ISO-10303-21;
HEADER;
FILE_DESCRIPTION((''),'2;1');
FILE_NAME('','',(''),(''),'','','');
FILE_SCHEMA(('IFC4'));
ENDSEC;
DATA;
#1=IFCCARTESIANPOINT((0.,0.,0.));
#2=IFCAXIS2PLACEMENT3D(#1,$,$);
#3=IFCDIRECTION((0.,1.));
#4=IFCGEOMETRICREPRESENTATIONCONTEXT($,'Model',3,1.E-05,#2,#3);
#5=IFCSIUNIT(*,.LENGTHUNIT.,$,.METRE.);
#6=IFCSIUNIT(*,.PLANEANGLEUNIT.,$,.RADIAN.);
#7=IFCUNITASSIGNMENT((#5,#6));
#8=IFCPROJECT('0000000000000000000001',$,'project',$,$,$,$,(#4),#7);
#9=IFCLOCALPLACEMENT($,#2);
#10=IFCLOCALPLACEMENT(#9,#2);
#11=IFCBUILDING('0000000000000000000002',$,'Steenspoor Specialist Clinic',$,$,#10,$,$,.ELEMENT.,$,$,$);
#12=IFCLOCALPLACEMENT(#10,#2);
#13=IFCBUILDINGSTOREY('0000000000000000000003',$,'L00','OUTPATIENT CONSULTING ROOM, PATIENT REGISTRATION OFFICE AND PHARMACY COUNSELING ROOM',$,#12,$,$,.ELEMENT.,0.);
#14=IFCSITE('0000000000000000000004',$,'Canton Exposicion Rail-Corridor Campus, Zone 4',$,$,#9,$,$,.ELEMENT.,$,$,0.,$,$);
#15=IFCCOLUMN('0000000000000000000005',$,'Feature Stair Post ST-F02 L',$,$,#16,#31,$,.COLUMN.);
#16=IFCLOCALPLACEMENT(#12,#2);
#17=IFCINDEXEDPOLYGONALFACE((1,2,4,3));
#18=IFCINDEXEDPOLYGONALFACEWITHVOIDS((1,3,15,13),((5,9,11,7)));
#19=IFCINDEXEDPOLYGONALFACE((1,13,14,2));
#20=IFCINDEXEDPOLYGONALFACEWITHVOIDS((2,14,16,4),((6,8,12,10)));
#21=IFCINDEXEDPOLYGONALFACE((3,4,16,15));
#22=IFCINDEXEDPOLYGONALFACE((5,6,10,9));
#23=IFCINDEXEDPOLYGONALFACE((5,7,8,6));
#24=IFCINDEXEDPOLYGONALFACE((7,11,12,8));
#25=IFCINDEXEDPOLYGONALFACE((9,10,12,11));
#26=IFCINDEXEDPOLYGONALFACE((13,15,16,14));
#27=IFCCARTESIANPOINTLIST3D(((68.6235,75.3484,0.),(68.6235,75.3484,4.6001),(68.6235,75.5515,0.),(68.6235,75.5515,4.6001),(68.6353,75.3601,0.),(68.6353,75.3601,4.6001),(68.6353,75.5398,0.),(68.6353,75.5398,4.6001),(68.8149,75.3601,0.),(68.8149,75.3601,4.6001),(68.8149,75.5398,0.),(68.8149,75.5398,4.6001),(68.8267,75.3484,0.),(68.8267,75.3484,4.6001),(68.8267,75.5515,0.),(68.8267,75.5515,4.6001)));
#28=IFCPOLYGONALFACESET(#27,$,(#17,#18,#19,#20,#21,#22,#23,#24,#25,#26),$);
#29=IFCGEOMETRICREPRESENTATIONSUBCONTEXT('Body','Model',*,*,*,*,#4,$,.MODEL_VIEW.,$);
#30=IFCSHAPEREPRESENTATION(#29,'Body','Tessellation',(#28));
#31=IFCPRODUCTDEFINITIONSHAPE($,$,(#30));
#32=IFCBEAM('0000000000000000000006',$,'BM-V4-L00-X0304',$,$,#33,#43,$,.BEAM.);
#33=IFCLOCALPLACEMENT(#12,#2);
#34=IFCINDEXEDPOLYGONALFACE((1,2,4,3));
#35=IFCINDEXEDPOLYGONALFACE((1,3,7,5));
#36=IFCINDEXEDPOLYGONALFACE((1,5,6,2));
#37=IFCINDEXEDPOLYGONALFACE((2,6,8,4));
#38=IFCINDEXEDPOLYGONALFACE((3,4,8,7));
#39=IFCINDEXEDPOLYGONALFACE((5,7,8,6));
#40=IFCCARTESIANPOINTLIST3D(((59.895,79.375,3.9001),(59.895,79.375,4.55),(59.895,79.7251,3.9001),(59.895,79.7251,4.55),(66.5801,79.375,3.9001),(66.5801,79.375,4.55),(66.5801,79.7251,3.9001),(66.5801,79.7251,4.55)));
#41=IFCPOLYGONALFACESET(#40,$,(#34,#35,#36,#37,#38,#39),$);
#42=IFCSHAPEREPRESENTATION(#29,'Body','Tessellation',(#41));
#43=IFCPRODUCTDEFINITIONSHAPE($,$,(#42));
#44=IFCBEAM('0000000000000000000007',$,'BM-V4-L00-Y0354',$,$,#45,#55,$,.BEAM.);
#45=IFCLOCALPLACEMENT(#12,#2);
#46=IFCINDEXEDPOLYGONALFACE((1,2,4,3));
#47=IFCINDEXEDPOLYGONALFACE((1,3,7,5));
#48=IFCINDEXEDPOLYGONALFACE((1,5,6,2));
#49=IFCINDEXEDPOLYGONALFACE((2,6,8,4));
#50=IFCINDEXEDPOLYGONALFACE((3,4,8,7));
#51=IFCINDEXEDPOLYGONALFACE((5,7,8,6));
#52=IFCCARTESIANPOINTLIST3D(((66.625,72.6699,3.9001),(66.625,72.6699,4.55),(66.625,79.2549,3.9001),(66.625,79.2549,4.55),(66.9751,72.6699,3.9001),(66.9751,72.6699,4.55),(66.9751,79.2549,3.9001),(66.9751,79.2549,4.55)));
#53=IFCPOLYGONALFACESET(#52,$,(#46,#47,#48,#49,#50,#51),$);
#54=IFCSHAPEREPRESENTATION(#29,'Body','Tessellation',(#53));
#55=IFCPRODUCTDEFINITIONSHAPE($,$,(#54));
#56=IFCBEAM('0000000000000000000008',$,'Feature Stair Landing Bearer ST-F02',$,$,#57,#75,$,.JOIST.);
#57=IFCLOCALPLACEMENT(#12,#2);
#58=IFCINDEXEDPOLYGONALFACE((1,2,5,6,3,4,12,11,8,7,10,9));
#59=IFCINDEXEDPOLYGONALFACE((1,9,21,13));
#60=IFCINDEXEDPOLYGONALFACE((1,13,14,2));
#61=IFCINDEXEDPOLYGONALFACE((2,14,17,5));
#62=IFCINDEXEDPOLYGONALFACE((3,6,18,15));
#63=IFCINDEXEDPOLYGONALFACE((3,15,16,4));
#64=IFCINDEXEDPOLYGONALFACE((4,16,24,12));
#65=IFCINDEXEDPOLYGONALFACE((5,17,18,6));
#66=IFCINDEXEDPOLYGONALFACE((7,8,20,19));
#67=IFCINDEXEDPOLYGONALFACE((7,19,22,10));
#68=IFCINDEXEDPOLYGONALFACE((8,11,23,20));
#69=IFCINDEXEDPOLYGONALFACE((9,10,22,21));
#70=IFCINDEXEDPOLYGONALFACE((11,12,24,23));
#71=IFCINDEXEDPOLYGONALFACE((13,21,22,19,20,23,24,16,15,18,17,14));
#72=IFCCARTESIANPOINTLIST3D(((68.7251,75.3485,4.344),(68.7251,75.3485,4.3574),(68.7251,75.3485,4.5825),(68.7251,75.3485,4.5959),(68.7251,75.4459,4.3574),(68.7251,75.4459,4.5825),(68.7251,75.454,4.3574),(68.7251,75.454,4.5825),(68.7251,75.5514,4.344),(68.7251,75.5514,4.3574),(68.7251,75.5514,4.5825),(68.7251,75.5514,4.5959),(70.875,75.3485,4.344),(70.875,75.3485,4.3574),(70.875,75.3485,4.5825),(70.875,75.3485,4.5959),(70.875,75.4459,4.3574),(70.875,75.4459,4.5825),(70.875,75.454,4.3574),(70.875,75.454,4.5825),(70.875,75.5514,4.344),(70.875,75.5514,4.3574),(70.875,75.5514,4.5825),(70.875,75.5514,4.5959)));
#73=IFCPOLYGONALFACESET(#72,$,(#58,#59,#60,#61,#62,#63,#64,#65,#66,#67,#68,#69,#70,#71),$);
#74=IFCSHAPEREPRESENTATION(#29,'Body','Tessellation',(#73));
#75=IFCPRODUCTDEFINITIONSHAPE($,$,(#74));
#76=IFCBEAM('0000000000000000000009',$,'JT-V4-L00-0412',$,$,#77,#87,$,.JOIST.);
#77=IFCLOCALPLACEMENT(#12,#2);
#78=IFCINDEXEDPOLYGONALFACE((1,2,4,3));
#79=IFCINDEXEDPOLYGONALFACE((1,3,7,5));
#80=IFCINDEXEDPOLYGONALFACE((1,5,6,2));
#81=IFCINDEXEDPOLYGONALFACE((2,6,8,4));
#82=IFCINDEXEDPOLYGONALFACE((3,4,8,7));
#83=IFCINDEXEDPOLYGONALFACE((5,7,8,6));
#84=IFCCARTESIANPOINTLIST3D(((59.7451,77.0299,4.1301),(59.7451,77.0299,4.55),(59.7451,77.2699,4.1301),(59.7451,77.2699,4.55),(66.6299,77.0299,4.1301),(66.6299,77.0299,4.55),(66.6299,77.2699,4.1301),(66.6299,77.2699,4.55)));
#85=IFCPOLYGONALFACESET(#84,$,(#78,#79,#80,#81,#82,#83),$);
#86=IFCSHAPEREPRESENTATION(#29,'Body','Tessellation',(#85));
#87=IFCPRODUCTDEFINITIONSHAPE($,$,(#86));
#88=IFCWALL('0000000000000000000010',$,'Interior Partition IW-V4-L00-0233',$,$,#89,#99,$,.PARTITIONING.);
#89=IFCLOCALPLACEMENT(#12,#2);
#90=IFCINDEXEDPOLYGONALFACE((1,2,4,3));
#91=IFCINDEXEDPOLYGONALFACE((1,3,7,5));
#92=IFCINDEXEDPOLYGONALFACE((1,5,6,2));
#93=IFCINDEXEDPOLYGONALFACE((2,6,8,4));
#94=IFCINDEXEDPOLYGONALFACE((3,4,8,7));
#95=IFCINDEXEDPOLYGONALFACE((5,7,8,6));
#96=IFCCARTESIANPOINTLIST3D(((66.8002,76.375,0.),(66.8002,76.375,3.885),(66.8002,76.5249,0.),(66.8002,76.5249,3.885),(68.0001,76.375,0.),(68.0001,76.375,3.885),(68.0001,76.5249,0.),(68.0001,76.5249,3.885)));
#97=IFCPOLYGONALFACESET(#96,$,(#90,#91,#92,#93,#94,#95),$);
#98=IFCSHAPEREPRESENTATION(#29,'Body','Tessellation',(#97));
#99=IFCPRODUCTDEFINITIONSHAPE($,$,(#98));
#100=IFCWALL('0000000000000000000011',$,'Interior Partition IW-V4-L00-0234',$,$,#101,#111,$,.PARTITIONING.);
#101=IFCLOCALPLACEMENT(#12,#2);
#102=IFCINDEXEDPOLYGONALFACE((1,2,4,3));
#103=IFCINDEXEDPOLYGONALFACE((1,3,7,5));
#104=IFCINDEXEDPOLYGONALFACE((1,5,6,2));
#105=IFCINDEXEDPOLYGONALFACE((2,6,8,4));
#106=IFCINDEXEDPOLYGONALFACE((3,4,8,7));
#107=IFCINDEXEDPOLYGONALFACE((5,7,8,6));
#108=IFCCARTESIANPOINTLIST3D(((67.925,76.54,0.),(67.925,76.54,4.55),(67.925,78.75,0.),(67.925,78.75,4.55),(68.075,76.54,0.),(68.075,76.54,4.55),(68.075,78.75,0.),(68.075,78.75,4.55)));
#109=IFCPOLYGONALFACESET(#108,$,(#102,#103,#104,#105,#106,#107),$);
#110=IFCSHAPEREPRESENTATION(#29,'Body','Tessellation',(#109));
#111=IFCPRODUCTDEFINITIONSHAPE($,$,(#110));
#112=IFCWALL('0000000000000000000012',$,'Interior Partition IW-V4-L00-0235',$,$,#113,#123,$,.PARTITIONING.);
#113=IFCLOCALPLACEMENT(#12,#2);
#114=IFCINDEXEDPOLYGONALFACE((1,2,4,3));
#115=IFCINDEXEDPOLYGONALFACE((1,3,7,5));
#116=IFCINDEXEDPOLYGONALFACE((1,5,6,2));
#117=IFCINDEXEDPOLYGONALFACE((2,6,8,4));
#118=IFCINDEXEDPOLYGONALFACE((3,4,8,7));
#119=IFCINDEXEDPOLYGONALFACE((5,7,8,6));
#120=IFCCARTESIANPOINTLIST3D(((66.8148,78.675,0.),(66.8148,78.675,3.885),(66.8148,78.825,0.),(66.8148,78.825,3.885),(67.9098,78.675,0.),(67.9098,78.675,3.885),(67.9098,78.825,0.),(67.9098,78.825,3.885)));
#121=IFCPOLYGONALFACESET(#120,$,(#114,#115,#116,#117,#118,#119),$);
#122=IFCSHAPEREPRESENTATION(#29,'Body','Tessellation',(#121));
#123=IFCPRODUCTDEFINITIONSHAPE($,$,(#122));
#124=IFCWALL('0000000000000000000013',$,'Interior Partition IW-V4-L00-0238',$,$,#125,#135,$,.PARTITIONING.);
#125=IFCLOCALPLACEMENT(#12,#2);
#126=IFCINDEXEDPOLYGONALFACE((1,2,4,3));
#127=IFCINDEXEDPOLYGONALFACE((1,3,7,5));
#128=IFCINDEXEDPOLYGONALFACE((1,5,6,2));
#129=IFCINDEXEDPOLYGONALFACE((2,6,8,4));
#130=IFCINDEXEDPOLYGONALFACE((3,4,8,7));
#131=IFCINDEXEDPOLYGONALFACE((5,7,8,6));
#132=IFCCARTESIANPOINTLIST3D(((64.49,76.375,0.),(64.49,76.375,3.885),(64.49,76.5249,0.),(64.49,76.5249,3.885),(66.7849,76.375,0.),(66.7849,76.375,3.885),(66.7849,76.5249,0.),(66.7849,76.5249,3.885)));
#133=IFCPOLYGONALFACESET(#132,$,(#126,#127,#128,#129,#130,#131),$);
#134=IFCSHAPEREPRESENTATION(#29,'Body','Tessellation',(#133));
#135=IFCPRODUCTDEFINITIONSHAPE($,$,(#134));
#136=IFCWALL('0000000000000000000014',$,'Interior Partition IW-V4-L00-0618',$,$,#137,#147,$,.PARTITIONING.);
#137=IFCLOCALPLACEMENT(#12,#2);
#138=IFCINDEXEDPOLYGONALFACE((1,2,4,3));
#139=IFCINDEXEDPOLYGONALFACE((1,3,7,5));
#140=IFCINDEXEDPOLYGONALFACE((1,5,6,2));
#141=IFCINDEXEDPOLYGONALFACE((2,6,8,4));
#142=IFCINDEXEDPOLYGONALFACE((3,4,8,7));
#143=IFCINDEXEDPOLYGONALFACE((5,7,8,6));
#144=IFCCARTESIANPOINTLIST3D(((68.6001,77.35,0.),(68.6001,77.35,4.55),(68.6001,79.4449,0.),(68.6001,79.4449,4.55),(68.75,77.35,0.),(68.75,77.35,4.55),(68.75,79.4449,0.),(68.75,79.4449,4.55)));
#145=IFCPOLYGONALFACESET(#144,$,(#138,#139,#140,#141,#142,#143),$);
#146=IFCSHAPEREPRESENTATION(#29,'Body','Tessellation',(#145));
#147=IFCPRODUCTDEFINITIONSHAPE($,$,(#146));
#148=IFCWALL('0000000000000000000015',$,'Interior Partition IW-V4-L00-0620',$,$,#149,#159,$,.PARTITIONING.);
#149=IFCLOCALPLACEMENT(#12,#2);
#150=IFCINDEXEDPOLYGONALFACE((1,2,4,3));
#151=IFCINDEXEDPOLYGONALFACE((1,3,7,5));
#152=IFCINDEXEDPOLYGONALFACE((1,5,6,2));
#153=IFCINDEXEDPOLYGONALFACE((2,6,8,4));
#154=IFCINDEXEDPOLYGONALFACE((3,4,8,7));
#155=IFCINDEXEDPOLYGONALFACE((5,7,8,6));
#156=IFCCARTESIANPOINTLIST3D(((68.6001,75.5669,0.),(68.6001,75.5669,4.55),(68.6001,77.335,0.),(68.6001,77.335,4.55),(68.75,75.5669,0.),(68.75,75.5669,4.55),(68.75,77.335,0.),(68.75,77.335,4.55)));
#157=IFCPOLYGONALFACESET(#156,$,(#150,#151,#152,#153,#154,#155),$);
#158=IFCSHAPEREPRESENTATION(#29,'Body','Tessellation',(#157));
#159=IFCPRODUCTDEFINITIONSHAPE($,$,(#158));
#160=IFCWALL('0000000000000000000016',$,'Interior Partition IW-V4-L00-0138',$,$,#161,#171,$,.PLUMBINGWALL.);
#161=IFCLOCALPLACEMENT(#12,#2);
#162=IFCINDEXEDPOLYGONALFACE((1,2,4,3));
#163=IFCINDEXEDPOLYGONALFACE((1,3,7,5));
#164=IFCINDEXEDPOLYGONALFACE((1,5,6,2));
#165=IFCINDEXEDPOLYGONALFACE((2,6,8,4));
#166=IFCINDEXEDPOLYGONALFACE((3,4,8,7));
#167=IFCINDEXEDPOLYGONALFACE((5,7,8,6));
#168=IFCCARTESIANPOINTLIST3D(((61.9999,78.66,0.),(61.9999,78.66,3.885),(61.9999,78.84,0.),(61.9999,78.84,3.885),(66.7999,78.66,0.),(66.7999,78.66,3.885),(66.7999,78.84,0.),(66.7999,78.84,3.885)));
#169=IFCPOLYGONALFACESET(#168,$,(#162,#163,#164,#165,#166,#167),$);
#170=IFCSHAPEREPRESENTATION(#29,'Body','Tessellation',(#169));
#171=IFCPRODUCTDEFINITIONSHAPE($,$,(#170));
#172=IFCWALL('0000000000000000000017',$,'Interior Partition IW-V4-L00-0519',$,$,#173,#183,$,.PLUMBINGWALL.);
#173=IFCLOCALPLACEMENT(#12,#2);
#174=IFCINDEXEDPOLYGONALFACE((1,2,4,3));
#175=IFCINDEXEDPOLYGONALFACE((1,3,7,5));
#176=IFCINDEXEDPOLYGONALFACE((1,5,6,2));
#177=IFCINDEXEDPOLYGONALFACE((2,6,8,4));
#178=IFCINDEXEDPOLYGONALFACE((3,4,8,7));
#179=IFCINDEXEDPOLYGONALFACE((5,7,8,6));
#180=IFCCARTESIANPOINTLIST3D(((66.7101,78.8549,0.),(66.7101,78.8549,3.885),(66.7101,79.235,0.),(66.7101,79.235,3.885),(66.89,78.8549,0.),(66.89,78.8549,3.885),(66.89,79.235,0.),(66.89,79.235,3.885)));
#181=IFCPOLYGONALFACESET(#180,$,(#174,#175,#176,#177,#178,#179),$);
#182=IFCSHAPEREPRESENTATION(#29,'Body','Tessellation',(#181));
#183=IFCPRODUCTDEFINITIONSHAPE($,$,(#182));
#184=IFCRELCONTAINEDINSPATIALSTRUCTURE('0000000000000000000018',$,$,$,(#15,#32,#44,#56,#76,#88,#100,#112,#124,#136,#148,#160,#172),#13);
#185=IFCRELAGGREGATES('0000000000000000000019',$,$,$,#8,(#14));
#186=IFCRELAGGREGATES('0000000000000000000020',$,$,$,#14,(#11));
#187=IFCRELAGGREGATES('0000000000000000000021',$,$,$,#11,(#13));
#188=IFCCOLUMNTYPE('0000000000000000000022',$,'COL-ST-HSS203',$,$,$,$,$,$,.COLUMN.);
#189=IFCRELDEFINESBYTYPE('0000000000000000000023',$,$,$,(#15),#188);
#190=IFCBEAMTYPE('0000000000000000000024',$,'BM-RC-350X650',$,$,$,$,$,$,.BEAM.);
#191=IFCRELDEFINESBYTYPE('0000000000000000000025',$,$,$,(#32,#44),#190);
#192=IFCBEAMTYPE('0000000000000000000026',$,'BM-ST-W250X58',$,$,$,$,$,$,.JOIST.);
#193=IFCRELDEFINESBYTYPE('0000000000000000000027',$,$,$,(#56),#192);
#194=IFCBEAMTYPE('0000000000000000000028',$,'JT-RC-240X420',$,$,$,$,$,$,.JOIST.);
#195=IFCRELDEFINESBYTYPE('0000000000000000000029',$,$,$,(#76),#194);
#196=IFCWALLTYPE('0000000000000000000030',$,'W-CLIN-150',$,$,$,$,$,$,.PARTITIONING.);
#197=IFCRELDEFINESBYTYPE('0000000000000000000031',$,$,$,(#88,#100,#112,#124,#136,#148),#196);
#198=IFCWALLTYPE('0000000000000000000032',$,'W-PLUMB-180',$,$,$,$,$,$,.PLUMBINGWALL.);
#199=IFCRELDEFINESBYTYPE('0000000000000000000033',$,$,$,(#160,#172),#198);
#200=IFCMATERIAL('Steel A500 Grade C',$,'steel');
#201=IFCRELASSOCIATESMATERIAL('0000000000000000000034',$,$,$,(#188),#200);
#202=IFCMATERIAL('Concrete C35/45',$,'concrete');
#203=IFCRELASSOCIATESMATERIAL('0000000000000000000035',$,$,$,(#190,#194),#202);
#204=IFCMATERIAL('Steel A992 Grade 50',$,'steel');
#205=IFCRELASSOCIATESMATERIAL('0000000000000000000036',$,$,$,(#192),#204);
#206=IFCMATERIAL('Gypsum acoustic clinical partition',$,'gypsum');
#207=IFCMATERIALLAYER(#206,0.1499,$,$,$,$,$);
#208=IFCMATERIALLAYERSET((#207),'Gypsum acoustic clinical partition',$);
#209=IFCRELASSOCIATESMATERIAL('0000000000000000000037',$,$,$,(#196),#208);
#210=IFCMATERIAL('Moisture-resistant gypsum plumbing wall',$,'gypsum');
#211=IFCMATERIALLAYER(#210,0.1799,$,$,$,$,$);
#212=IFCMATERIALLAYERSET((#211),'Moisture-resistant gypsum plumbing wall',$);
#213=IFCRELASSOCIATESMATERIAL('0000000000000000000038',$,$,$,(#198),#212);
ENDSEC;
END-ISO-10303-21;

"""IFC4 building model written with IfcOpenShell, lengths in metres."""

from ifc_helpers import new_model, si_unit, direction, frame, frame_2d, origin, origin_2d, place, context, subcontext, project, spatial, rectangle, hollow_rectangle, i_section, extrude, material, layer, layer_set, material_profile, profile_set, type_object, element, save


model = new_model("IFC4")

# Units and contexts
model_context = context("Model", 3, precision=1e-05, world=origin(), true_north=direction((0.0, 1.0)))
body_context = subcontext(model_context, "Body", "Model", "MODEL_VIEW")
ifc_project = project(units=[si_unit("LENGTHUNIT", "METRE"), si_unit("PLANEANGLEUNIT", "RADIAN")], contexts=[model_context])

# Site, building, storey
site_placement = place(None, origin())
site = spatial("IfcSite", under=ifc_project, at=site_placement, Name="Canton Exposicion Rail-Corridor Campus, Zone 4", CompositionType="ELEMENT", RefElevation=0.0)
building_placement = place(site_placement, origin())
building = spatial("IfcBuilding", under=site, at=building_placement, Name="Steenspoor Specialist Clinic", CompositionType="ELEMENT")
storey_placement = place(building_placement, origin())
storey = spatial("IfcBuildingStorey", under=building, at=storey_placement, Name="L00", Description="OUTPATIENT CONSULTING ROOM, PATIENT REGISTRATION OFFICE AND PHARMACY COUNSELING ROOM", CompositionType="ELEMENT", Elevation=0.0)

# Shared definitions
ifc_material_1 = material(Name="Concrete C35/45", Category="concrete")

# Column
ifc_material_2 = material(Name="Steel A500 Grade C", Category="steel")
ifc_material_profile_1 = material_profile(ifc_material_2, hollow_rectangle(XDim=0.2031, YDim=0.2031, WallThickness=0.0117, at=origin_2d()), Name="HSS203X203X12.7")
ifc_profile_set_1 = profile_set([ifc_material_profile_1], Name="Steel A500 Grade C")
column_type_1 = type_object("IfcColumnType", Name="COL-ST-HSS203", PredefinedType="COLUMN", material=ifc_profile_set_1)
column_1_placement = place(storey_placement, frame((68.7251, 75.45, 0.0), z_axis=(0.0, 0.0, 1.0), x_axis=(1.0, 0.0, 0.0)))
element("IfcColumn", 1, at=column_1_placement, inside=storey, type_object=column_type_1, Name="Feature Stair Post ST-F02 L", PredefinedType="COLUMN", context=body_context, shape_type="SweptSolid", body=[
    extrude(hollow_rectangle(XDim=0.2031, YDim=0.2031, WallThickness=0.0117, at=origin_2d()), origin(), (0.0, 0.0, 1.0), 4.6001),
])

# Beams
ifc_material_profile_2 = material_profile(ifc_material_1, rectangle(XDim=0.3501, YDim=0.6499, at=origin_2d()), Name="RC-BM-350X650")
ifc_profile_set_2 = profile_set([ifc_material_profile_2], Name="Concrete C35/45")
beam_type_1 = type_object("IfcBeamType", Name="BM-RC-350X650", PredefinedType="BEAM", material=ifc_profile_set_2)
beam_1_placement = place(storey_placement, frame((59.895, 79.55, 4.2251), z_axis=(1.0, 0.0, 0.0), x_axis=(0.0, 1.0, 0.0)))
element("IfcBeam", 2, at=beam_1_placement, inside=storey, type_object=beam_type_1, Name="BM-V4-L00-X0304", PredefinedType="BEAM", context=body_context, shape_type="SweptSolid", body=[
    extrude(rectangle(XDim=0.3501, YDim=0.6499, at=origin_2d()), origin(), (0.0, 0.0, 1.0), 6.6851),
])
beam_2_placement = place(storey_placement, frame((66.8, 72.6699, 4.2251), z_axis=(0.0, 1.0, 0.0), x_axis=(-1.0, 0.0, 0.0)))
element("IfcBeam", 3, at=beam_2_placement, inside=storey, type_object=beam_type_1, Name="BM-V4-L00-Y0354", PredefinedType="BEAM", context=body_context, shape_type="SweptSolid", body=[
    extrude(rectangle(XDim=0.3501, YDim=0.6499, at=origin_2d()), origin(), (0.0, 0.0, 1.0), 6.585),
])
ifc_material_3 = material(Name="Steel A992 Grade 50", Category="steel")
ifc_material_profile_3 = material_profile(ifc_material_3, i_section(OverallWidth=0.2029, OverallDepth=0.252, WebThickness=0.0081, FlangeThickness=0.0134, at=origin_2d()), Name="W250X58")
ifc_profile_set_3 = profile_set([ifc_material_profile_3], Name="Steel A992 Grade 50")
beam_type_2 = type_object("IfcBeamType", Name="BM-ST-W250X58", PredefinedType="JOIST", material=ifc_profile_set_3)
beam_3_placement = place(storey_placement, frame((68.7251, 75.45, 4.47), z_axis=(1.0, 0.0, 0.0), x_axis=(0.0, 1.0, 0.0)))
element("IfcBeam", 4, at=beam_3_placement, inside=storey, type_object=beam_type_2, Name="Feature Stair Landing Bearer ST-F02", PredefinedType="JOIST", context=body_context, shape_type="SweptSolid", body=[
    extrude(i_section(OverallWidth=0.2029, OverallDepth=0.252, WebThickness=0.0081, FlangeThickness=0.0134, at=origin_2d()), origin(), (0.0, 0.0, 1.0), 2.1499),
])
ifc_material_profile_4 = material_profile(ifc_material_1, rectangle(XDim=0.24, YDim=0.4199, at=origin_2d()), Name="RC-JT-240X420")
ifc_profile_set_4 = profile_set([ifc_material_profile_4], Name="Concrete C35/45")
beam_type_3 = type_object("IfcBeamType", Name="JT-RC-240X420", PredefinedType="JOIST", material=ifc_profile_set_4)
beam_4_placement = place(storey_placement, frame((59.7451, 77.1499, 4.3401), z_axis=(1.0, 0.0, 0.0), x_axis=(0.0, 1.0, 0.0)))
element("IfcBeam", 5, at=beam_4_placement, inside=storey, type_object=beam_type_3, Name="JT-V4-L00-0412", PredefinedType="JOIST", context=body_context, shape_type="SweptSolid", body=[
    extrude(rectangle(XDim=0.24, YDim=0.4199, at=origin_2d()), origin(), (0.0, 0.0, 1.0), 6.8848),
])

# Walls
ifc_material_4 = material(Name="Gypsum acoustic clinical partition", Category="gypsum")
ifc_layer_1 = layer(ifc_material_4, 0.1499)
ifc_layer_set_1 = layer_set([ifc_layer_1], Name="Gypsum acoustic clinical partition")
wall_type_1 = type_object("IfcWallType", Name="W-CLIN-150", PredefinedType="PARTITIONING", material=ifc_layer_set_1)
wall_1_placement = place(storey_placement, frame((66.8, 76.45, 0.0), z_axis=(0.0, 0.0, 1.0), x_axis=(1.0, 0.0, 0.0)))
element("IfcWall", 6, at=wall_1_placement, inside=storey, type_object=wall_type_1, Name="Interior Partition IW-V4-L00-0233", PredefinedType="PARTITIONING", context=body_context, shape_type="SweptSolid", body=[
    extrude(rectangle(XDim=1.2, YDim=0.1499, at=frame_2d((0.6001, 0.0))), origin(), (0.0, 0.0, 1.0), 3.885),
])
wall_2_placement = place(storey_placement, frame((68.0, 76.54, 0.0), z_axis=(0.0, 0.0, 1.0), x_axis=(0.0, 1.0, 0.0)))
element("IfcWall", 7, at=wall_2_placement, inside=storey, type_object=wall_type_1, Name="Interior Partition IW-V4-L00-0234", PredefinedType="PARTITIONING", context=body_context, shape_type="SweptSolid", body=[
    extrude(rectangle(XDim=2.21, YDim=0.1499, at=frame_2d((1.105, 0.0))), origin(), (0.0, 0.0, 1.0), 4.55),
])
wall_3_placement = place(storey_placement, frame((66.8149, 78.75, 0.0), z_axis=(0.0, 0.0, 1.0), x_axis=(1.0, 0.0, 0.0)))
element("IfcWall", 8, at=wall_3_placement, inside=storey, type_object=wall_type_1, Name="Interior Partition IW-V4-L00-0235", PredefinedType="PARTITIONING", context=body_context, shape_type="SweptSolid", body=[
    extrude(rectangle(XDim=1.095, YDim=0.1499, at=frame_2d((0.5474, 0.0))), origin(), (0.0, 0.0, 1.0), 3.885),
])
wall_4_placement = place(storey_placement, frame((64.49, 76.45, 0.0), z_axis=(0.0, 0.0, 1.0), x_axis=(1.0, 0.0, 0.0)))
element("IfcWall", 9, at=wall_4_placement, inside=storey, type_object=wall_type_1, Name="Interior Partition IW-V4-L00-0238", PredefinedType="PARTITIONING", context=body_context, shape_type="SweptSolid", body=[
    extrude(rectangle(XDim=2.2949, YDim=0.1499, at=frame_2d((1.1475, 0.0))), origin(), (0.0, 0.0, 1.0), 3.885),
])
wall_5_placement = place(storey_placement, frame((68.675, 77.3501, 0.0), z_axis=(0.0, 0.0, 1.0), x_axis=(0.0, 1.0, 0.0)))
element("IfcWall", 10, at=wall_5_placement, inside=storey, type_object=wall_type_1, Name="Interior Partition IW-V4-L00-0618", PredefinedType="PARTITIONING", context=body_context, shape_type="SweptSolid", body=[
    extrude(rectangle(XDim=2.095, YDim=0.1499, at=frame_2d((1.0474, 0.0))), origin(), (0.0, 0.0, 1.0), 4.55),
])
wall_6_placement = place(storey_placement, frame((68.675, 75.5669, 0.0), z_axis=(0.0, 0.0, 1.0), x_axis=(0.0, 1.0, 0.0)))
element("IfcWall", 11, at=wall_6_placement, inside=storey, type_object=wall_type_1, Name="Interior Partition IW-V4-L00-0620", PredefinedType="PARTITIONING", context=body_context, shape_type="SweptSolid", body=[
    extrude(rectangle(XDim=1.7681, YDim=0.1499, at=frame_2d((0.884, 0.0))), origin(), (0.0, 0.0, 1.0), 4.55),
])
ifc_material_5 = material(Name="Moisture-resistant gypsum plumbing wall", Category="gypsum")
ifc_layer_2 = layer(ifc_material_5, 0.1799)
ifc_layer_set_2 = layer_set([ifc_layer_2], Name="Moisture-resistant gypsum plumbing wall")
wall_type_2 = type_object("IfcWallType", Name="W-PLUMB-180", PredefinedType="PLUMBINGWALL", material=ifc_layer_set_2)
wall_7_placement = place(storey_placement, frame((62.0, 78.75, 0.0), z_axis=(0.0, 0.0, 1.0), x_axis=(1.0, 0.0, 0.0)))
element("IfcWall", 12, at=wall_7_placement, inside=storey, type_object=wall_type_2, Name="Interior Partition IW-V4-L00-0138", PredefinedType="PLUMBINGWALL", context=body_context, shape_type="SweptSolid", body=[
    extrude(rectangle(XDim=4.8, YDim=0.1799, at=frame_2d((2.3999, 0.0))), origin(), (0.0, 0.0, 1.0), 3.885),
])
wall_8_placement = place(storey_placement, frame((66.8, 78.855, 0.0), z_axis=(0.0, 0.0, 1.0), x_axis=(0.0, 1.0, 0.0)))
element("IfcWall", 13, at=wall_8_placement, inside=storey, type_object=wall_type_2, Name="Interior Partition IW-V4-L00-0519", PredefinedType="PLUMBINGWALL", context=body_context, shape_type="SweptSolid", body=[
    extrude(rectangle(XDim=0.3801, YDim=0.1799, at=frame_2d((0.1899, 0.0))), origin(), (0.0, 0.0, 1.0), 3.885),
])

save(model, "model.ifc")
